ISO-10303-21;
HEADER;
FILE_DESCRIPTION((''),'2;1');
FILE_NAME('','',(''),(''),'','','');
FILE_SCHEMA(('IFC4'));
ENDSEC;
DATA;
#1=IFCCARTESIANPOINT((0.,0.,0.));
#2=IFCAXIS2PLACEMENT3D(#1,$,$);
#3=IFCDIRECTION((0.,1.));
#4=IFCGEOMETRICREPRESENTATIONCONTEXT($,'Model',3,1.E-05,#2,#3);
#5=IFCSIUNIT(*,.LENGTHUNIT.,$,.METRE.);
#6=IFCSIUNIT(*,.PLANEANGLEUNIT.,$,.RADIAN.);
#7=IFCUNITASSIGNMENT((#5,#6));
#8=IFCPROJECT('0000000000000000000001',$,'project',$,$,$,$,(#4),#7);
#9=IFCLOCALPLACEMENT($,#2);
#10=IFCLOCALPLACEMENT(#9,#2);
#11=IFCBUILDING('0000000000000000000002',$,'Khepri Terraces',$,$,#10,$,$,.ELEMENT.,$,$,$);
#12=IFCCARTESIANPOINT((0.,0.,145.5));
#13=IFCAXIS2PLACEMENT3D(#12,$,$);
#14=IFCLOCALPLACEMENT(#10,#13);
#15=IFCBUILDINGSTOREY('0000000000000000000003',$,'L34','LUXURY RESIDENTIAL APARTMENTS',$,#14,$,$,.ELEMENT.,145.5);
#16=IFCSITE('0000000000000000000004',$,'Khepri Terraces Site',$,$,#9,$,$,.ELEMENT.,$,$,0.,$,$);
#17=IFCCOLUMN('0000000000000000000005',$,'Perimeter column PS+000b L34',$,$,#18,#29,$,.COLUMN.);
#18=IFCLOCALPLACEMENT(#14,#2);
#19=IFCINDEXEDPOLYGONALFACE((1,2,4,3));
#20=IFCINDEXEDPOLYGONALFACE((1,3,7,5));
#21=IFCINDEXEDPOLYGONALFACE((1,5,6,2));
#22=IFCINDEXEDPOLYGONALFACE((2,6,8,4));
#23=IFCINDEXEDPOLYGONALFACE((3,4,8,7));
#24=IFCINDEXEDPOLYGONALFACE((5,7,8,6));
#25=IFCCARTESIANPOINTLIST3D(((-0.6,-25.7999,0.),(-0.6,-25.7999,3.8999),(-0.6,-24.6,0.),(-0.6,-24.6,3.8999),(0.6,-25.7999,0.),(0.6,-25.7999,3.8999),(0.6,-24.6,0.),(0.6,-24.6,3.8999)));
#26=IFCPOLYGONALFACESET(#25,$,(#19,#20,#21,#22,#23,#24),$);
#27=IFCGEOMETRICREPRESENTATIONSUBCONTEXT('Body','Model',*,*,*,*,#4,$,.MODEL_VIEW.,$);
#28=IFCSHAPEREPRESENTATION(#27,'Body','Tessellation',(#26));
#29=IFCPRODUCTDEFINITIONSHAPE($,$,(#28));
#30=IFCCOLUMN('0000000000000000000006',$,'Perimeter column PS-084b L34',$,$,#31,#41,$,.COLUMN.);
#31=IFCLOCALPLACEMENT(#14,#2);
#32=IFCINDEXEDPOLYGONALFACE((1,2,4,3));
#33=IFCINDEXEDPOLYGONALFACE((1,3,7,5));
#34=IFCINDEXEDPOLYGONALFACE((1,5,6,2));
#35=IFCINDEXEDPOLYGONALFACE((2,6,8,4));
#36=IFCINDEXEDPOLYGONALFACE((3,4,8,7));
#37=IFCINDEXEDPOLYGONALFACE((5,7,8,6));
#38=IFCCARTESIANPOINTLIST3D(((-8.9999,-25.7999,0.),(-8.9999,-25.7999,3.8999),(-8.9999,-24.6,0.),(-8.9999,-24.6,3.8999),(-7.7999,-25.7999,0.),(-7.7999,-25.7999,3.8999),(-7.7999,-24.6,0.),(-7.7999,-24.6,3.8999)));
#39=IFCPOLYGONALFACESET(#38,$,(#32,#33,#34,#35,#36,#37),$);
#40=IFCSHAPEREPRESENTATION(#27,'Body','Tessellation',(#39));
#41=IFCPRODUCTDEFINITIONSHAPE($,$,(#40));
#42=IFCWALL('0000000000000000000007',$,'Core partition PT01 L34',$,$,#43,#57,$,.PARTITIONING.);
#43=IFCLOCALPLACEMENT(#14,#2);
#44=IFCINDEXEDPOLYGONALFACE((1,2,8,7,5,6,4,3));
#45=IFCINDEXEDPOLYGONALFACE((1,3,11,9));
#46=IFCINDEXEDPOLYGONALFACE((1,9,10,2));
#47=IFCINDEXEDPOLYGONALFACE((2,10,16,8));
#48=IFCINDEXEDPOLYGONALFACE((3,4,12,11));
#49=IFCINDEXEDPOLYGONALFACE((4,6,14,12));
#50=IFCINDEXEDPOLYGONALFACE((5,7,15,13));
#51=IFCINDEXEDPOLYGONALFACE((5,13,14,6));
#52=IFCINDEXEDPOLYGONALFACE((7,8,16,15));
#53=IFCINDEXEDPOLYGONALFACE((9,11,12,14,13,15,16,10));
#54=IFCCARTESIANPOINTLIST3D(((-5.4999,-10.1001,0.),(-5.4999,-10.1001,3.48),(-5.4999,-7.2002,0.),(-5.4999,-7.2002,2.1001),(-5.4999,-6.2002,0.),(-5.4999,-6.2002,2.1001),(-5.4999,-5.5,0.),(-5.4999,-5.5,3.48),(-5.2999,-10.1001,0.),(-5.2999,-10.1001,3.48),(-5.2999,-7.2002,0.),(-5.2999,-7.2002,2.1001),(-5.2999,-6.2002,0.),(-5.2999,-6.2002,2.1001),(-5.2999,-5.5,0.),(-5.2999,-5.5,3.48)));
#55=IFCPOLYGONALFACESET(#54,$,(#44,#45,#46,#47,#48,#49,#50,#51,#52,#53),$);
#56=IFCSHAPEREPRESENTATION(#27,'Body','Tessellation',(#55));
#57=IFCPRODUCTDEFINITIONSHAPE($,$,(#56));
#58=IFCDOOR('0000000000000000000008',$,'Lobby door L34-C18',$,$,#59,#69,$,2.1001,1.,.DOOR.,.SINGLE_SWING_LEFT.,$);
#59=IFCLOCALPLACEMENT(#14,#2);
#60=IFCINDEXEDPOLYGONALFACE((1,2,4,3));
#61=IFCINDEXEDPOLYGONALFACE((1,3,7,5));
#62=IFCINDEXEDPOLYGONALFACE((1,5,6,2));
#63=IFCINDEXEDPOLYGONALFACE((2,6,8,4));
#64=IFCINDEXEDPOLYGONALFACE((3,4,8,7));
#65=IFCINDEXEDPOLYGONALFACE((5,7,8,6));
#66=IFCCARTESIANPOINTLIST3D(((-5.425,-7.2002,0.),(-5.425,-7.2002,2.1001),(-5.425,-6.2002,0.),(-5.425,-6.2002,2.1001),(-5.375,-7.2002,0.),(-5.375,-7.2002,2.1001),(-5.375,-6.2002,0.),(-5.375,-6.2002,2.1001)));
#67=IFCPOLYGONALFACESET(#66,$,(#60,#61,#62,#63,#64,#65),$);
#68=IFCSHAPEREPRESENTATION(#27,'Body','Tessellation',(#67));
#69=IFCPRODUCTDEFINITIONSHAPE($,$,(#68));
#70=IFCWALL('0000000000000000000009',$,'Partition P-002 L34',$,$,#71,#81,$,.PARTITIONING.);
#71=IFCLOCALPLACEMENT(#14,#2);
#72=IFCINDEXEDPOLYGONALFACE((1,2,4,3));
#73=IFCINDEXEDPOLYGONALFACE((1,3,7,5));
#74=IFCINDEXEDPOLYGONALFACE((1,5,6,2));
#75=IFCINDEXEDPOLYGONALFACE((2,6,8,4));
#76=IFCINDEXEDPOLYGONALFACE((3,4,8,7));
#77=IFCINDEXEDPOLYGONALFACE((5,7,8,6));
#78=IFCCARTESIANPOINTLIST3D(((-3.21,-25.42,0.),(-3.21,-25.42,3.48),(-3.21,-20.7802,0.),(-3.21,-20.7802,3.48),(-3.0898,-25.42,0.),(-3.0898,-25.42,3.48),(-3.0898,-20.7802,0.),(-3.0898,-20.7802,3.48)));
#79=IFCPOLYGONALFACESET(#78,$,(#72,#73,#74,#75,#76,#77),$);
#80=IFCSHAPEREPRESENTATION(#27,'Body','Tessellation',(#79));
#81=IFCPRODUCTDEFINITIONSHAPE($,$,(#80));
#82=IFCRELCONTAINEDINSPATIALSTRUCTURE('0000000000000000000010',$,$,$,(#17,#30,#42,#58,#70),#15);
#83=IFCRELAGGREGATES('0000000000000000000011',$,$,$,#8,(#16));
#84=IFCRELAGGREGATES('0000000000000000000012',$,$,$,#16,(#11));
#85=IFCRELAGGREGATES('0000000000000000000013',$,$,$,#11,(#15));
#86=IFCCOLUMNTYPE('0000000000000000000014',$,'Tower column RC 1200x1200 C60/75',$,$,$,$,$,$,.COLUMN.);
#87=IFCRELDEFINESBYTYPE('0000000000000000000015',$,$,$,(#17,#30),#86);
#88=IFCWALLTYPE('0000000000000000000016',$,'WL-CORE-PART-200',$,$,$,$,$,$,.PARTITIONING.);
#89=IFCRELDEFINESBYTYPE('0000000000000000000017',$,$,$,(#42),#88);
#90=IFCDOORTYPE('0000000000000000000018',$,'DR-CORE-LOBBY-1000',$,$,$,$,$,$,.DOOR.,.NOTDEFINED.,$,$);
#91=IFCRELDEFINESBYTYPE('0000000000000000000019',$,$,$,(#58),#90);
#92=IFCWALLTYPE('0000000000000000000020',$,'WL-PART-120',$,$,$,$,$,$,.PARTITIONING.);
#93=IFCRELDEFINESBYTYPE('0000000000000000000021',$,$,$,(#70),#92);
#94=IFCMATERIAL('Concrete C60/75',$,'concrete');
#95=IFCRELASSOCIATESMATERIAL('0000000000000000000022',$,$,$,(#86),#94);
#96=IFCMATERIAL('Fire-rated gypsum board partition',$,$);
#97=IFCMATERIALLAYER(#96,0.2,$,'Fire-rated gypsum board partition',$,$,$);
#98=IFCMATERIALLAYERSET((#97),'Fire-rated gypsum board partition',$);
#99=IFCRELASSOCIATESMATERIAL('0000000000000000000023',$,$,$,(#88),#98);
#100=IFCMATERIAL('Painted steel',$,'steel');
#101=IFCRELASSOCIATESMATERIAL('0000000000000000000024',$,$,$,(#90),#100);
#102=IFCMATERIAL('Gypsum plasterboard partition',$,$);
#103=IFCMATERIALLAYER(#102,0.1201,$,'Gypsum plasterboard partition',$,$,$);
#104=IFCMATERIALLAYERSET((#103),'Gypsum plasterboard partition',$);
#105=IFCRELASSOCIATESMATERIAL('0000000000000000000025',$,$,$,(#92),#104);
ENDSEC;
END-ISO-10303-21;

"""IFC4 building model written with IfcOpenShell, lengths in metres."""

from ifc_helpers import new_model, si_unit, direction, frame, frame_2d, origin, origin_2d, place, context, subcontext, project, spatial, rectangle, extrude, material, layer, layer_set, material_profile, profile_set, type_object, element, fill, save


model = new_model("IFC4")

# Units and contexts
model_context = context("Model", 3, precision=1e-05, world=origin(), true_north=direction((0.0, 1.0)))
body_context = subcontext(model_context, "Body", "Model", "MODEL_VIEW")
ifc_project = project(units=[si_unit("LENGTHUNIT", "METRE"), si_unit("PLANEANGLEUNIT", "RADIAN")], contexts=[model_context])

# Site, building, storey
site_placement = place(None, origin())
site = spatial("IfcSite", under=ifc_project, at=site_placement, Name="Khepri Terraces Site", CompositionType="ELEMENT", RefElevation=0.0)
building_placement = place(site_placement, origin())
building = spatial("IfcBuilding", under=site, at=building_placement, Name="Khepri Terraces", CompositionType="ELEMENT")
storey_placement = place(building_placement, frame((0.0, 0.0, 145.5)))
storey = spatial("IfcBuildingStorey", under=building, at=storey_placement, Name="L34", Description="LUXURY RESIDENTIAL APARTMENTS", CompositionType="ELEMENT", Elevation=145.5)

# Columns
ifc_material_1 = material(Name="Concrete C60/75", Category="concrete")
ifc_material_profile = material_profile(ifc_material_1, rectangle(XDim=1.2, YDim=1.2, at=origin_2d()), Name="Concrete C60/75", Category="concrete")
ifc_profile_set = profile_set([ifc_material_profile], Name="Concrete C60/75")
column_type = type_object("IfcColumnType", Name="Tower column RC 1200x1200 C60/75", PredefinedType="COLUMN", material=ifc_profile_set)
for number, where, z_axis, x_axis, name in (
    (1, (0.0, -25.2, 0.0), (0.0, 0.0, 1.0), (1.0, 0.0, 0.0), "Perimeter column PS+000b L34"),
    (2, (-8.3999, -25.2, 0.0), (0.0, 0.0, 1.0), (1.0, 0.0, 0.0), "Perimeter column PS-084b L34"),
):
    element("IfcColumn", number, at=place(storey_placement, frame(where, z_axis=z_axis, x_axis=x_axis)), inside=storey, type_object=column_type, Name=name, PredefinedType="COLUMN", context=body_context, shape_type="SweptSolid", body=[
        extrude(rectangle(XDim=1.2, YDim=1.2, at=origin_2d()), origin(), (0.0, 0.0, 1.0), 3.8999),
    ])

# Wall, opening, door
ifc_material_2 = material(Name="Fire-rated gypsum board partition")
ifc_layer_1 = layer(ifc_material_2, 0.2, Name="Fire-rated gypsum board partition")
ifc_layer_set_1 = layer_set([ifc_layer_1], Name="Fire-rated gypsum board partition")
wall_type_1 = type_object("IfcWallType", Name="WL-CORE-PART-200", PredefinedType="PARTITIONING", material=ifc_layer_set_1)
wall_1_placement = place(storey_placement, frame((-5.3999, -10.1001, 0.0), z_axis=(0.0, 0.0, 1.0), x_axis=(0.0, 1.0, 0.0)))
wall_1 = element("IfcWall", 3, at=wall_1_placement, inside=storey, type_object=wall_type_1, Name="Core partition PT01 L34", PredefinedType="PARTITIONING", context=body_context, shape_type="SweptSolid", body=[
    extrude(rectangle(XDim=4.6001, YDim=0.2, at=frame_2d((2.3, 0.0))), origin(), (0.0, 0.0, 1.0), 3.48),
])
opening_1_placement = place(wall_1_placement, frame((2.8999, 0.0, 0.0)))
opening_1 = element("IfcOpeningElement", 4, at=opening_1_placement, cuts=wall_1, PredefinedType="OPENING", context=body_context, shape_type="SweptSolid", body=[
    extrude(rectangle(XDim=1.0, YDim=2.1001, at=frame_2d((0.5, 1.05))), frame((0.0, 0.1099, 0.0), z_axis=(0.0, -1.0, 0.0), x_axis=(1.0, 0.0, 0.0)), (0.0, 0.0, 1.0), 0.22),
])
ifc_material_3 = material(Name="Painted steel", Category="steel")
door_type_1 = type_object("IfcDoorType", Name="DR-CORE-LOBBY-1000", OperationType="NOTDEFINED", PredefinedType="DOOR", material=ifc_material_3)
door_1_placement = place(opening_1_placement, frame((1.0, 0.0, 0.0), z_axis=(0.0, 0.0, 1.0), x_axis=(-1.0, 0.0, 0.0)))
door_1 = element("IfcDoor", 5, at=door_1_placement, inside=storey, type_object=door_type_1, Name="Lobby door L34-C18", OperationType="SINGLE_SWING_LEFT", OverallHeight=2.1001, OverallWidth=1.0, PredefinedType="DOOR", context=body_context, shape_type="SweptSolid", body=[
    extrude(rectangle(XDim=1.0, YDim=2.1001, at=frame_2d((0.5, 1.05))), frame((0.0, 0.0249, 0.0), z_axis=(0.0, -1.0, 0.0), x_axis=(1.0, 0.0, 0.0)), (0.0, 0.0, 1.0), 0.05),
])
fill(opening_1, door_1)

# Wall
ifc_material_4 = material(Name="Gypsum plasterboard partition")
ifc_layer_2 = layer(ifc_material_4, 0.1201, Name="Gypsum plasterboard partition")
ifc_layer_set_2 = layer_set([ifc_layer_2], Name="Gypsum plasterboard partition")
wall_type_2 = type_object("IfcWallType", Name="WL-PART-120", PredefinedType="PARTITIONING", material=ifc_layer_set_2)
wall_2_placement = place(storey_placement, frame((-3.1499, -25.4199, 0.0), z_axis=(0.0, 0.0, 1.0), x_axis=(0.0, 1.0, 0.0)))
element("IfcWall", 6, at=wall_2_placement, inside=storey, type_object=wall_type_2, Name="Partition P-002 L34", PredefinedType="PARTITIONING", context=body_context, shape_type="SweptSolid", body=[
    extrude(rectangle(XDim=4.6399, YDim=0.1201, at=frame_2d((2.3198, 0.0))), origin(), (0.0, 0.0, 1.0), 3.48),
])

save(model, "model.ifc")
